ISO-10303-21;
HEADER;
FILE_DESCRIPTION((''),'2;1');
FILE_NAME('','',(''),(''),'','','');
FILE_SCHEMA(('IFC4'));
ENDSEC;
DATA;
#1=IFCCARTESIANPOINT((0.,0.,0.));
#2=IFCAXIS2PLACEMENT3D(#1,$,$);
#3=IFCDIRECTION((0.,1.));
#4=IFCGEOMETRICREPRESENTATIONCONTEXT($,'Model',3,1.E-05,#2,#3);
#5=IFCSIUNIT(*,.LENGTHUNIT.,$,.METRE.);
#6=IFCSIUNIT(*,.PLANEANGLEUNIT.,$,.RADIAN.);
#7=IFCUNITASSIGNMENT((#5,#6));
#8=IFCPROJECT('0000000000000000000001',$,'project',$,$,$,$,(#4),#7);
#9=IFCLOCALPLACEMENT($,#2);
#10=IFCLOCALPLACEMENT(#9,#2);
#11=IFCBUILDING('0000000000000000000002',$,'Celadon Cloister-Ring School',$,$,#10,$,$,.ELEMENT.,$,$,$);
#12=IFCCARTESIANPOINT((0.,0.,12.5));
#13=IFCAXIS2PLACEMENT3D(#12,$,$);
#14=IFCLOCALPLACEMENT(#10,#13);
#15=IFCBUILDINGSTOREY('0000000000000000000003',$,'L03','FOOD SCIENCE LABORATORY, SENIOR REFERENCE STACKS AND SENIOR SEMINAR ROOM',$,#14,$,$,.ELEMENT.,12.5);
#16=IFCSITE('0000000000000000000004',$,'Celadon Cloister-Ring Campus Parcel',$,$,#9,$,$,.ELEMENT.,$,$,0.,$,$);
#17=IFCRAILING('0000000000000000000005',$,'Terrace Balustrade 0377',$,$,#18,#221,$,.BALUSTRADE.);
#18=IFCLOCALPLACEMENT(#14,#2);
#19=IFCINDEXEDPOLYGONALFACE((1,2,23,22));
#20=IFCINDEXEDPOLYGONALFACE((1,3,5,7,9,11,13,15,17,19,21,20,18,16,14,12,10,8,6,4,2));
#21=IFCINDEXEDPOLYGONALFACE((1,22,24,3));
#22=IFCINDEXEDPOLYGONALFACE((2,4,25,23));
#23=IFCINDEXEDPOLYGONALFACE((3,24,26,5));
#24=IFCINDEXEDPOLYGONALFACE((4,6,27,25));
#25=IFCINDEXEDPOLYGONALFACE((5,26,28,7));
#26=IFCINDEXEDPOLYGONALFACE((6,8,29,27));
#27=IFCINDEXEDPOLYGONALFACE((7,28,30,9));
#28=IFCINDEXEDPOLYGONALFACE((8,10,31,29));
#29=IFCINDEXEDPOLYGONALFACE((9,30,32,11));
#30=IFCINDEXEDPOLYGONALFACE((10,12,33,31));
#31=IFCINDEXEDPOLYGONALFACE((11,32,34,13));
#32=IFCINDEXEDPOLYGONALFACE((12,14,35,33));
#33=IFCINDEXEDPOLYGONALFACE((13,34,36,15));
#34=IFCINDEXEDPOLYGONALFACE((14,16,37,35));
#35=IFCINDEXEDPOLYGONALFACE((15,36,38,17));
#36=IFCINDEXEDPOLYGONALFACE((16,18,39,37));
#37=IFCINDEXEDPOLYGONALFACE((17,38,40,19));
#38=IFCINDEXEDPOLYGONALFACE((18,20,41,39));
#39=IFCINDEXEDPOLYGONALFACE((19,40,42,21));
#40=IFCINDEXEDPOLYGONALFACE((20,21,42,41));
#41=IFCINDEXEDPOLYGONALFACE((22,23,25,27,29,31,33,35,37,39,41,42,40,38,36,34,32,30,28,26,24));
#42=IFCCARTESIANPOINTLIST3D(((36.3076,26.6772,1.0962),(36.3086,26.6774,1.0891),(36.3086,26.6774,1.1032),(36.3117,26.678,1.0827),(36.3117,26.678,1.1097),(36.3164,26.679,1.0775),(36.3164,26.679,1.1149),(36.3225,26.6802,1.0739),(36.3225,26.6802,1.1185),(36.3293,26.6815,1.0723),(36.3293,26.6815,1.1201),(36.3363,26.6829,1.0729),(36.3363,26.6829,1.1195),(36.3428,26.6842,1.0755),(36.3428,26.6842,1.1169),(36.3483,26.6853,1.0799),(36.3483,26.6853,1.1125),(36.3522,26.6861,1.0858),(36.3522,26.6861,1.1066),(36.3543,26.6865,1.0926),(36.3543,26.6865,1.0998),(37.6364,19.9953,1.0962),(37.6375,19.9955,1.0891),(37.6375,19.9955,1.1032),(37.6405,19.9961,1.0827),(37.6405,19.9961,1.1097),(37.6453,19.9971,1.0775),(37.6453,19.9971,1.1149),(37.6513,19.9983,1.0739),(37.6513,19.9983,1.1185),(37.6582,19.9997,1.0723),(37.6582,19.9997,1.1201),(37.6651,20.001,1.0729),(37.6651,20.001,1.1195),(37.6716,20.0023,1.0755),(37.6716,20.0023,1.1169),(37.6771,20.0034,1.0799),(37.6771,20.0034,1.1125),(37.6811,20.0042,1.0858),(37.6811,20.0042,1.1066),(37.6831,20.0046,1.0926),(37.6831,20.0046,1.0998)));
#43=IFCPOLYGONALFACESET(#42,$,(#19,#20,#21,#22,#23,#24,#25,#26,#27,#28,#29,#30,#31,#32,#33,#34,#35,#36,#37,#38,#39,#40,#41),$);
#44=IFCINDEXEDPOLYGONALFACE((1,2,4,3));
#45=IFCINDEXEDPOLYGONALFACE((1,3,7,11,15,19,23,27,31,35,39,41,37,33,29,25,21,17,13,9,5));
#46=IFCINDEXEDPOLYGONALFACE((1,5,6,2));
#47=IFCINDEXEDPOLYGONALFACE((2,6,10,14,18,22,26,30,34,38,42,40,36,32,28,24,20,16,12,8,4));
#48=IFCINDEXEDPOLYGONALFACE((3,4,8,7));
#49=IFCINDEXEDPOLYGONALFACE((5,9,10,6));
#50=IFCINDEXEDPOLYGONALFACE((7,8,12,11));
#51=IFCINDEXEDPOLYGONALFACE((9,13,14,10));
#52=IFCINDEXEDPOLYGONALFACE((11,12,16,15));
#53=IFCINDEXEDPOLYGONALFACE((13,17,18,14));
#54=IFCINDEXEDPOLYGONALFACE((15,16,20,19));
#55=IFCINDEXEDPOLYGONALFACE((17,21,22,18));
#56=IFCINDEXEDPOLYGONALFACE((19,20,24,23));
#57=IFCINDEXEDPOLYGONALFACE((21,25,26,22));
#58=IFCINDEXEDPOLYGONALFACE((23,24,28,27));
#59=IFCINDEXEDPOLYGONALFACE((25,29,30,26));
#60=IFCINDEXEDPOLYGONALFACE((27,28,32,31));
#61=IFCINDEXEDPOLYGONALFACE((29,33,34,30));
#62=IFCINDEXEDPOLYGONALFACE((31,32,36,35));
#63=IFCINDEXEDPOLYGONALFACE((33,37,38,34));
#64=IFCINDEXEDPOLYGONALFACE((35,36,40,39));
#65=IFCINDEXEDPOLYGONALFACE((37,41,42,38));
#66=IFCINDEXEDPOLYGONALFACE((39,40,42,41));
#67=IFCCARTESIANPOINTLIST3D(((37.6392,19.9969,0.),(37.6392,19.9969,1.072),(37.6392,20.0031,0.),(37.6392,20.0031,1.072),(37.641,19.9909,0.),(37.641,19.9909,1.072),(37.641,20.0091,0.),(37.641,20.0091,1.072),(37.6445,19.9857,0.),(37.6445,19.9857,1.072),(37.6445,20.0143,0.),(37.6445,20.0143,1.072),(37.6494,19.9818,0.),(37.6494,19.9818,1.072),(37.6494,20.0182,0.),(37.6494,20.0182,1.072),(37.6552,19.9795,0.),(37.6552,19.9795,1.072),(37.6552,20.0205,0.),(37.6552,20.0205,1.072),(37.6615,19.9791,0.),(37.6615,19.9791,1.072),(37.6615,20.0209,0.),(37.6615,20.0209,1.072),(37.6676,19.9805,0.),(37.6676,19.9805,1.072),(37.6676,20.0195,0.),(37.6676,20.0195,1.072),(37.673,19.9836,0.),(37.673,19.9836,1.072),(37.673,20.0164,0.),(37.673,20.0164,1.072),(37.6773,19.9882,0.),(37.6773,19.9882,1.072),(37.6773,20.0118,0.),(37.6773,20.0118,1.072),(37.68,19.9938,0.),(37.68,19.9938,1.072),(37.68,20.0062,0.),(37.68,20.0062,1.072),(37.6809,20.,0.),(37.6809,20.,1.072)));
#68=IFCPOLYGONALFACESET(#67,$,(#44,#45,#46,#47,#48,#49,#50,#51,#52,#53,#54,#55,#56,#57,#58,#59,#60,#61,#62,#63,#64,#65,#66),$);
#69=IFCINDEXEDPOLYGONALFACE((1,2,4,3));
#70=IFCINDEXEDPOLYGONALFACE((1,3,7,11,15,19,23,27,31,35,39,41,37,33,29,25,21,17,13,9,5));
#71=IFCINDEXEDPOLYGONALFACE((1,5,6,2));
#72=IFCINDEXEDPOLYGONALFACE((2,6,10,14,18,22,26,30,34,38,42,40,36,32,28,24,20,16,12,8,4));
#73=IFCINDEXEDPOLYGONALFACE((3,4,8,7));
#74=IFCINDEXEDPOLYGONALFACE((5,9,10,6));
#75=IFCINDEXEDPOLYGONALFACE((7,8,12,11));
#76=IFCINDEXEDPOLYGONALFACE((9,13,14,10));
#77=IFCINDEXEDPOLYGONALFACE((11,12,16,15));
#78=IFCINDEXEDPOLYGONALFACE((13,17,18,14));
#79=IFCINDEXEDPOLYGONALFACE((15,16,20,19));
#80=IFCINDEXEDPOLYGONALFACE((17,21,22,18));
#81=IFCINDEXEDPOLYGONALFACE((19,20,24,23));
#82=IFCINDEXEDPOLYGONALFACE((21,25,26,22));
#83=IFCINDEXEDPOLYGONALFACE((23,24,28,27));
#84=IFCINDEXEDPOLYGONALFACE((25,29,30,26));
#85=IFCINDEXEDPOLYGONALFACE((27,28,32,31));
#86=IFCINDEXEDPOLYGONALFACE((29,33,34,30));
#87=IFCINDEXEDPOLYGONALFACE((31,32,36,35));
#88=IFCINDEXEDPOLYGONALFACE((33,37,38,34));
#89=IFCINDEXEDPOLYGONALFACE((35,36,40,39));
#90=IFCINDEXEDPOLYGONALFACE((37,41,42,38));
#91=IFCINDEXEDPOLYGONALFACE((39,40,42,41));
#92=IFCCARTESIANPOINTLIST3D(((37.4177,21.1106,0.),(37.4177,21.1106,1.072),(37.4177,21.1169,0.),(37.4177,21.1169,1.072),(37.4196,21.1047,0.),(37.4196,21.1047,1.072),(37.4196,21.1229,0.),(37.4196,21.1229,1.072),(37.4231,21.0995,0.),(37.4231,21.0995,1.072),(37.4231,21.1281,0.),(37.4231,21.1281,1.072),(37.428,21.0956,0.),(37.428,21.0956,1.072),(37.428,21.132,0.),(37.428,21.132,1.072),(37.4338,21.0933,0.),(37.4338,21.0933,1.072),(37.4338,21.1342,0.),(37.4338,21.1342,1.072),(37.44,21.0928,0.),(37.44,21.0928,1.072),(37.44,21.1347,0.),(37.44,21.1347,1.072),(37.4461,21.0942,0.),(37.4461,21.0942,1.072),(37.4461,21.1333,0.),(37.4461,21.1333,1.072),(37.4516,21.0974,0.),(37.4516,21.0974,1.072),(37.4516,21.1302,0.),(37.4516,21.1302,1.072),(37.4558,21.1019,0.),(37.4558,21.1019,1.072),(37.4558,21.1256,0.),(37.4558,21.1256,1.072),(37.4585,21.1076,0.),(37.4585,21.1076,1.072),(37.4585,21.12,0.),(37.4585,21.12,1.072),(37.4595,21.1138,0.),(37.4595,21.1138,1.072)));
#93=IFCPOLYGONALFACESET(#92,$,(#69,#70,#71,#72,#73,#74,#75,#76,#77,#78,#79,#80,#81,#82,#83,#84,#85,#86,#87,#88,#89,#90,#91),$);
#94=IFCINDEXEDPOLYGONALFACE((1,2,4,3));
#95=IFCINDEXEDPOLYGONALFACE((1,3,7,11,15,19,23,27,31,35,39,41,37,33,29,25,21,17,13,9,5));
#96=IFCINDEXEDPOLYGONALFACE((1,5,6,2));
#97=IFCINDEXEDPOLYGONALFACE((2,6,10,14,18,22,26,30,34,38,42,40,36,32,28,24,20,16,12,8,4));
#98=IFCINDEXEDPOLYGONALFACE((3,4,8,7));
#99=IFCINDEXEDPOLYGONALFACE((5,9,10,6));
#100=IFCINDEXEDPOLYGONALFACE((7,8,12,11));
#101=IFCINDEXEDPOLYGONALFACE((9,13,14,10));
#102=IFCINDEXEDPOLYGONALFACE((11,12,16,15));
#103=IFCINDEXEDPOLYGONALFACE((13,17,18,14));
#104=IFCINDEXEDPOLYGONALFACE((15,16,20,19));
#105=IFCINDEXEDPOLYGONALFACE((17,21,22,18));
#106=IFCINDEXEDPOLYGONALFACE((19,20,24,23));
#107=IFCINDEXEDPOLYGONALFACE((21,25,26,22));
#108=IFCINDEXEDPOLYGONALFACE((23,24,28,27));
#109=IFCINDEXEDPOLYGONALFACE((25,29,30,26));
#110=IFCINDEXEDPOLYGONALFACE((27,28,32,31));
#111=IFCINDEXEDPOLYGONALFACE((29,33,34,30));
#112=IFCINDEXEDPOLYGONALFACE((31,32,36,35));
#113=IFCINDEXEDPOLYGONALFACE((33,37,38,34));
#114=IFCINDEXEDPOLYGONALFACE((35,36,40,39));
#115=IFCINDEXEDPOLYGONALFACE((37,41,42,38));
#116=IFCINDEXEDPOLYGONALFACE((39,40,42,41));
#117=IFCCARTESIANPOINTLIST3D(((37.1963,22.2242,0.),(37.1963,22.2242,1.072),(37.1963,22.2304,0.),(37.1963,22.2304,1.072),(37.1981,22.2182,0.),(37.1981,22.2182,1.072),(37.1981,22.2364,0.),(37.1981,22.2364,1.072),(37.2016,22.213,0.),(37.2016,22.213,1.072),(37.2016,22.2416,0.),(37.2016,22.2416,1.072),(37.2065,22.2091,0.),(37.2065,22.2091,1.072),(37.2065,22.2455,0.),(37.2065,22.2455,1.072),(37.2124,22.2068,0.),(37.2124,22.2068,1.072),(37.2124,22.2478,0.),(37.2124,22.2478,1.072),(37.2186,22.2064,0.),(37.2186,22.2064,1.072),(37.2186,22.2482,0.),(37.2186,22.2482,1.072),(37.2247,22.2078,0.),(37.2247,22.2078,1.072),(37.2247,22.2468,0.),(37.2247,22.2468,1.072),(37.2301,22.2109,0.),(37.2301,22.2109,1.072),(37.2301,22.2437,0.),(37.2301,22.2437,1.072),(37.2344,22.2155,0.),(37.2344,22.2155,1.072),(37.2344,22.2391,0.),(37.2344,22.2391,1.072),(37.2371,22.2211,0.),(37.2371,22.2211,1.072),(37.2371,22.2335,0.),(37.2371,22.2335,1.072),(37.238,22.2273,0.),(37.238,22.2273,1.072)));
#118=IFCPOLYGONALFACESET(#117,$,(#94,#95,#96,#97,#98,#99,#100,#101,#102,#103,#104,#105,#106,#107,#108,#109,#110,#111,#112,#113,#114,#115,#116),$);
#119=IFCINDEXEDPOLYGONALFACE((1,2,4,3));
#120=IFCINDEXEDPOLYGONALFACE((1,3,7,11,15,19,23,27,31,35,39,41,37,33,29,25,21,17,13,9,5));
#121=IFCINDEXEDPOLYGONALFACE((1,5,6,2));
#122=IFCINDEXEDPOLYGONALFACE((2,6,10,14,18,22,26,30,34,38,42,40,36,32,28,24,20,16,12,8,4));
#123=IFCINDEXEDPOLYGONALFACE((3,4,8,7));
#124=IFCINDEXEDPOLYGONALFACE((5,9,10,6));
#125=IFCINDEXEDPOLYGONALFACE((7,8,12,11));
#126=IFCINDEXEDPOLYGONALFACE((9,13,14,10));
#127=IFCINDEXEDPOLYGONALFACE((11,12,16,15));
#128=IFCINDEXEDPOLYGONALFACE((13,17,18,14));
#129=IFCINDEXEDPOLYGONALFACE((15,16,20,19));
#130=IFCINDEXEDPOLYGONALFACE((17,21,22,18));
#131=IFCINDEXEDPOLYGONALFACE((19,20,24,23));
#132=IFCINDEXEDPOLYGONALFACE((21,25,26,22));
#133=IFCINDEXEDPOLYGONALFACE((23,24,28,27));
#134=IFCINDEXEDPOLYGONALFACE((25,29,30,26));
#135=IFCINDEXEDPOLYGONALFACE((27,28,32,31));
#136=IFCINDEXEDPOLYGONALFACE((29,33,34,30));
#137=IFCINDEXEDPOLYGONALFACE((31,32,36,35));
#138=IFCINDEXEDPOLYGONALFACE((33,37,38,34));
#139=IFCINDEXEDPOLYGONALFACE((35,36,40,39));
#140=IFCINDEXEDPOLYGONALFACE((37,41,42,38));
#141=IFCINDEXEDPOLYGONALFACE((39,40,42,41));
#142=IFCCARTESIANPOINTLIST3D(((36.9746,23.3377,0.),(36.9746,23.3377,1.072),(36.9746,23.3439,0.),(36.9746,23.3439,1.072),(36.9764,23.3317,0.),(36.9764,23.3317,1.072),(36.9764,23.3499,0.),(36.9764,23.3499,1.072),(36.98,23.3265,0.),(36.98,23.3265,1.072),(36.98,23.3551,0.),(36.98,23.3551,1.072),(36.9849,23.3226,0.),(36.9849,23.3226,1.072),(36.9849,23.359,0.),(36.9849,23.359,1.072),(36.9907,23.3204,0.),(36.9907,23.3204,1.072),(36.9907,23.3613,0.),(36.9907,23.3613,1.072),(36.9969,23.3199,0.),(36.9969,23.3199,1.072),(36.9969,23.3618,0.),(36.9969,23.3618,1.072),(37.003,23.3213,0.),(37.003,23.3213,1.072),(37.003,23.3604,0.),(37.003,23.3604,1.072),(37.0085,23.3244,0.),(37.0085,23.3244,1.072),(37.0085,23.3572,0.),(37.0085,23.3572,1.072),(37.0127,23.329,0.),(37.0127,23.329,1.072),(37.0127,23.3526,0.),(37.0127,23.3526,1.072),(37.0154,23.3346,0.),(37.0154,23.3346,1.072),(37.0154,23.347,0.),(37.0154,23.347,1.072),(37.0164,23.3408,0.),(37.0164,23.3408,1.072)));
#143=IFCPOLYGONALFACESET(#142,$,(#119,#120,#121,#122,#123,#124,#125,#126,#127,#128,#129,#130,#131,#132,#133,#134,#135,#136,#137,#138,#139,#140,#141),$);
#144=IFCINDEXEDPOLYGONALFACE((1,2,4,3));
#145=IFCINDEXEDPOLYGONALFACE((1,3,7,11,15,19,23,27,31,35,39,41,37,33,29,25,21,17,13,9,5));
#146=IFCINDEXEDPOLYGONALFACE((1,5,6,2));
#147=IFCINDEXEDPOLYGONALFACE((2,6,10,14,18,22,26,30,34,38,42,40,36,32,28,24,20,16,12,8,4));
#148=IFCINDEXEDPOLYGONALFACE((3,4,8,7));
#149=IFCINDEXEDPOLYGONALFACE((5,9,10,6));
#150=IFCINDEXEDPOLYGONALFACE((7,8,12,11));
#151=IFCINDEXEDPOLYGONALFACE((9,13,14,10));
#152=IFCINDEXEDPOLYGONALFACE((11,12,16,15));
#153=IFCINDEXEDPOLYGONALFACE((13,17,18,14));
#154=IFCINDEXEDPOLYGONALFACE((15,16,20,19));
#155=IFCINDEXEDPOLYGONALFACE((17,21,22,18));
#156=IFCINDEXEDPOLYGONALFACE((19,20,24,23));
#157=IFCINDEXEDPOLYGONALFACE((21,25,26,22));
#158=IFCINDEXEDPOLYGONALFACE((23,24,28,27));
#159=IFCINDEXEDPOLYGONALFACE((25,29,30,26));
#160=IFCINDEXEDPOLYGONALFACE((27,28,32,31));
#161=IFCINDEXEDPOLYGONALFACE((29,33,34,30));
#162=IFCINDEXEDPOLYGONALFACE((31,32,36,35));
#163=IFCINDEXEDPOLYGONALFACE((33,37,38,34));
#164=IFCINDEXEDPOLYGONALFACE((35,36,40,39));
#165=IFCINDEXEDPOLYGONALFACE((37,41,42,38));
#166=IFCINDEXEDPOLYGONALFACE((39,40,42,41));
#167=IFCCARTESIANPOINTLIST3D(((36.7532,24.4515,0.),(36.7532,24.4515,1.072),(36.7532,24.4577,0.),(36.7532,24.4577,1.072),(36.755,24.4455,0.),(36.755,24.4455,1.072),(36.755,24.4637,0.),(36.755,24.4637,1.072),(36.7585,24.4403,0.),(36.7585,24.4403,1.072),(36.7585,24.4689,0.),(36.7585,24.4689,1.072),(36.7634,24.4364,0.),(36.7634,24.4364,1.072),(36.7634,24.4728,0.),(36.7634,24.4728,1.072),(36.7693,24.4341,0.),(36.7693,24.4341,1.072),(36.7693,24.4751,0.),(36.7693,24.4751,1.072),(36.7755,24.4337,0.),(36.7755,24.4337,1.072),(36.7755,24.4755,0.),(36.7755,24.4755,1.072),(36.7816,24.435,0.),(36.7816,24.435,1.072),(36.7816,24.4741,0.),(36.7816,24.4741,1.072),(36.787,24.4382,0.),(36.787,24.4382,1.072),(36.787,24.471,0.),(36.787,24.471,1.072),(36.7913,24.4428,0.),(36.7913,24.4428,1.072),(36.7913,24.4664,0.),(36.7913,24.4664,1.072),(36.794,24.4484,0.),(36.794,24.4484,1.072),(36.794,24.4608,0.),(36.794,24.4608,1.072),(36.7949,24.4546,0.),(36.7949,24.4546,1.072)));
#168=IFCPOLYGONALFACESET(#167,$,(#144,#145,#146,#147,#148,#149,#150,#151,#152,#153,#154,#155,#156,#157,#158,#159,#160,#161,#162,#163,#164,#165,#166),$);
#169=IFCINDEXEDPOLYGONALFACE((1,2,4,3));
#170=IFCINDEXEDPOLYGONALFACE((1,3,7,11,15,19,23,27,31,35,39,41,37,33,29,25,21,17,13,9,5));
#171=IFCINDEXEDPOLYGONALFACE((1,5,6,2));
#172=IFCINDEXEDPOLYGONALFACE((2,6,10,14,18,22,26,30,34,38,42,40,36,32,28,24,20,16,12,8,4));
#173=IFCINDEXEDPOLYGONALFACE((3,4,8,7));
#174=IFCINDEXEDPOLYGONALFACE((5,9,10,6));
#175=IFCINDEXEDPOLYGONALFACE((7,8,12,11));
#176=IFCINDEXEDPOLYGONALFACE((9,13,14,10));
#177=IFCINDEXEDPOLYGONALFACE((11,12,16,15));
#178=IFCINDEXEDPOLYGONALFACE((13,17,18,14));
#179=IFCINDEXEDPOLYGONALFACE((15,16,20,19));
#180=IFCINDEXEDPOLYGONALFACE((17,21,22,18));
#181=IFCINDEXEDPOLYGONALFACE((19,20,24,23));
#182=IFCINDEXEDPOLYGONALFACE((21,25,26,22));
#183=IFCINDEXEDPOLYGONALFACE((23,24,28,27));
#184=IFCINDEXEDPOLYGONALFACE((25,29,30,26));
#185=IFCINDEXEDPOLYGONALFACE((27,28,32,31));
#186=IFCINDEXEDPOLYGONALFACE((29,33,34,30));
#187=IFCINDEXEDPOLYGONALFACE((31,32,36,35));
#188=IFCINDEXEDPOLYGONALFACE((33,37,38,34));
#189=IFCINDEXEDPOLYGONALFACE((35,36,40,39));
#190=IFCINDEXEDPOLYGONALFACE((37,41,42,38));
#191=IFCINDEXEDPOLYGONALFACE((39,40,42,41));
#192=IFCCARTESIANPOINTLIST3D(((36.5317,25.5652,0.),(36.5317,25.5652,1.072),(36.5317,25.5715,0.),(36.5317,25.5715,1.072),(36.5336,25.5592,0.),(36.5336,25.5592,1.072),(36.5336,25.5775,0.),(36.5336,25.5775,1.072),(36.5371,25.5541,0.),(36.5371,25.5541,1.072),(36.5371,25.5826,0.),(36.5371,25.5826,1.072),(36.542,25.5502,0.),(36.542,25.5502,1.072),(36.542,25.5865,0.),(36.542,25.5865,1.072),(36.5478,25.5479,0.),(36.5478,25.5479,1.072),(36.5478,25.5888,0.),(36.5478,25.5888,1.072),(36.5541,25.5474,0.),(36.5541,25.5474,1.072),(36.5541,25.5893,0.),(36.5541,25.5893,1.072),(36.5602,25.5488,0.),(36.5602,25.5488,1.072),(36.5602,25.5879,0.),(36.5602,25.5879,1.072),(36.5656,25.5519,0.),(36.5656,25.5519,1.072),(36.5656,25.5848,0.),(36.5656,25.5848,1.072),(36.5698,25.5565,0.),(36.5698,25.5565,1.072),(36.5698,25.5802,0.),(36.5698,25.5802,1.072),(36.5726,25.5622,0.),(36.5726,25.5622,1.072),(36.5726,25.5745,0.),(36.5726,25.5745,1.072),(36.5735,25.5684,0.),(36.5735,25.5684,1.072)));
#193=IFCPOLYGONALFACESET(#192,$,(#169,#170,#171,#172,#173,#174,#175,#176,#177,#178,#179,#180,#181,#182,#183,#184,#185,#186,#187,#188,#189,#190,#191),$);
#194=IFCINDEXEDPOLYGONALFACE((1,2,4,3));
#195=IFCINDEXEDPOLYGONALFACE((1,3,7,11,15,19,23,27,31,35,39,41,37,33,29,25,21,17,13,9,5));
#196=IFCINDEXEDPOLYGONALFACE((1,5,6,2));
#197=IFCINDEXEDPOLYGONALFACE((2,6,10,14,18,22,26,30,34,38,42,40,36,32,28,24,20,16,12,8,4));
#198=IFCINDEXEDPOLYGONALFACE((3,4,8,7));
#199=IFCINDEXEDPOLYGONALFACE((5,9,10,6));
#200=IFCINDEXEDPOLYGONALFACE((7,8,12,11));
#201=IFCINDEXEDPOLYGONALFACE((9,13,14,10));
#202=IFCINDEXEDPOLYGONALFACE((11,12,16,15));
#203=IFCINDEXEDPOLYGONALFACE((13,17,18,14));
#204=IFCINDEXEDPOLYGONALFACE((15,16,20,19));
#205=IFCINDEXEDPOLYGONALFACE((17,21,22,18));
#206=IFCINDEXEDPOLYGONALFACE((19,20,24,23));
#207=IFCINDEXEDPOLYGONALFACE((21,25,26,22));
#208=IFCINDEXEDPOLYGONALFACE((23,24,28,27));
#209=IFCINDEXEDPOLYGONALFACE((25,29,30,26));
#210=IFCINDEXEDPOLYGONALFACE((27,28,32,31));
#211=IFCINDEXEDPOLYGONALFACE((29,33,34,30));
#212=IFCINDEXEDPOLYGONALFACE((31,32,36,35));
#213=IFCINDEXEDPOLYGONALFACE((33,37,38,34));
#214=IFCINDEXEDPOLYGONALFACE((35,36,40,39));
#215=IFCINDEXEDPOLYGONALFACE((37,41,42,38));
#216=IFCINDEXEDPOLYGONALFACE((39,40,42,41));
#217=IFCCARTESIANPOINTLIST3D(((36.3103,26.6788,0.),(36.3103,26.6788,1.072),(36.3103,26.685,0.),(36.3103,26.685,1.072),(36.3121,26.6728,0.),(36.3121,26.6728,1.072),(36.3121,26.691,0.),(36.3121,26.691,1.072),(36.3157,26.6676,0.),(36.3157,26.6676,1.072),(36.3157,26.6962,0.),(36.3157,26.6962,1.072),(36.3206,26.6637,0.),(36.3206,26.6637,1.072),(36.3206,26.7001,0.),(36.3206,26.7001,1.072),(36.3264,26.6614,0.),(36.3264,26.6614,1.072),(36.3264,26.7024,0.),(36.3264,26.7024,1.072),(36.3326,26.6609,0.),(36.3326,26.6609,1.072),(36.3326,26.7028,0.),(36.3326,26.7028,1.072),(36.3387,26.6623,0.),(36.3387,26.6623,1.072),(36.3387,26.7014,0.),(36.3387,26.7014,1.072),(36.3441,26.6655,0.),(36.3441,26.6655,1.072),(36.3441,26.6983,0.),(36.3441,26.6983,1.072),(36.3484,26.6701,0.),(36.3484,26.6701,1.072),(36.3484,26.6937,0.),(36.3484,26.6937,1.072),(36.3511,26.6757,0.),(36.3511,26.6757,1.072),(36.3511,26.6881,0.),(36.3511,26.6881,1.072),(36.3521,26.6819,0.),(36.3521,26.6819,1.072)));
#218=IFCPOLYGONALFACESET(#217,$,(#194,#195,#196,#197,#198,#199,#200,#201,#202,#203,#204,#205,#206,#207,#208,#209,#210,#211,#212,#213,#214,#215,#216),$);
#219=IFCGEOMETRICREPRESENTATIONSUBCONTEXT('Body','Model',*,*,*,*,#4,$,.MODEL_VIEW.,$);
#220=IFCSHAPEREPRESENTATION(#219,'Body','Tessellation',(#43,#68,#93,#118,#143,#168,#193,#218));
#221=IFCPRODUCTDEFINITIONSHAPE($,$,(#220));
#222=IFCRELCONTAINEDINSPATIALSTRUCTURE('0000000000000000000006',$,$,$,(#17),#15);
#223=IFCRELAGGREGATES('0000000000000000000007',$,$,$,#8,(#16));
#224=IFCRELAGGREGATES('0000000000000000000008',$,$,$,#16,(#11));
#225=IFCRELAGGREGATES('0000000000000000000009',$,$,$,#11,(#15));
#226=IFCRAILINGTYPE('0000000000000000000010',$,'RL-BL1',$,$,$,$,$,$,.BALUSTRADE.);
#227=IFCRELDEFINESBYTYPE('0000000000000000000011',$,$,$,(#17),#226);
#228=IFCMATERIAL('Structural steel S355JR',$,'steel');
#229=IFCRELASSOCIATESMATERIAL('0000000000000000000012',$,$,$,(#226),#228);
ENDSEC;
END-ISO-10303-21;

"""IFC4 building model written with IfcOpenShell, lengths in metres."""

from ifc_helpers import new_model, si_unit, direction, frame, origin, origin_2d, place, context, subcontext, project, spatial, circle, extrude, material, type_object, element, save


model = new_model("IFC4")

# Units and contexts
model_context = context("Model", 3, precision=1e-05, world=origin(), true_north=direction((0.0, 1.0)))
body_context = subcontext(model_context, "Body", "Model", "MODEL_VIEW")
ifc_project = project(units=[si_unit("LENGTHUNIT", "METRE"), si_unit("PLANEANGLEUNIT", "RADIAN")], contexts=[model_context])

# Site, building, storey
site_placement = place(None, origin())
site = spatial("IfcSite", under=ifc_project, at=site_placement, Name="Celadon Cloister-Ring Campus Parcel", CompositionType="ELEMENT", RefElevation=0.0)
building_placement = place(site_placement, origin())
building = spatial("IfcBuilding", under=site, at=building_placement, Name="Celadon Cloister-Ring School", CompositionType="ELEMENT")
storey_placement = place(building_placement, frame((0.0, 0.0, 12.5)))
storey = spatial("IfcBuildingStorey", under=building, at=storey_placement, Name="L03", Description="FOOD SCIENCE LABORATORY, SENIOR REFERENCE STACKS AND SENIOR SEMINAR ROOM", CompositionType="ELEMENT", Elevation=12.5)

# Railing
ifc_material_1 = material(Name="Structural steel S355JR", Category="steel")
railing_type_1 = type_object("IfcRailingType", Name="RL-BL1", PredefinedType="BALUSTRADE", material=ifc_material_1)
railing_1_placement = place(storey_placement, frame((37.6599, 20.0, 0.0)))
element("IfcRailing", 1, at=railing_1_placement, inside=storey, type_object=railing_type_1, Name="Terrace Balustrade 0377", PredefinedType="BALUSTRADE", context=body_context, shape_type="SweptSolid", body=[
    extrude(circle(Radius=0.0239, at=origin_2d()), frame((0.0, 0.0, 1.0962), z_axis=(-0.195055, 0.980792, 0.0), x_axis=(-0.980792, -0.195055, 0.0)), (0.0, 0.0, 1.0), 6.8127),
    extrude(circle(Radius=0.021, at=origin_2d()), origin(), (0.0, 0.0, 1.0), 1.072),
    extrude(circle(Radius=0.021, at=origin_2d()), frame((-0.2214, 1.1138, 0.0)), (0.0, 0.0, 1.0), 1.072),
    extrude(circle(Radius=0.021, at=origin_2d()), frame((-0.4429, 2.2273, 0.0)), (0.0, 0.0, 1.0), 1.072),
    extrude(circle(Radius=0.021, at=origin_2d()), frame((-0.6646, 3.3408, 0.0)), (0.0, 0.0, 1.0), 1.072),
    extrude(circle(Radius=0.021, at=origin_2d()), frame((-0.886, 4.4546, 0.0)), (0.0, 0.0, 1.0), 1.072),
    extrude(circle(Radius=0.021, at=origin_2d()), frame((-1.1074, 5.5684, 0.0)), (0.0, 0.0, 1.0), 1.072),
    extrude(circle(Radius=0.021, at=origin_2d()), frame((-1.3289, 6.6819, 0.0)), (0.0, 0.0, 1.0), 1.072),
])

save(model, "model.ifc")
